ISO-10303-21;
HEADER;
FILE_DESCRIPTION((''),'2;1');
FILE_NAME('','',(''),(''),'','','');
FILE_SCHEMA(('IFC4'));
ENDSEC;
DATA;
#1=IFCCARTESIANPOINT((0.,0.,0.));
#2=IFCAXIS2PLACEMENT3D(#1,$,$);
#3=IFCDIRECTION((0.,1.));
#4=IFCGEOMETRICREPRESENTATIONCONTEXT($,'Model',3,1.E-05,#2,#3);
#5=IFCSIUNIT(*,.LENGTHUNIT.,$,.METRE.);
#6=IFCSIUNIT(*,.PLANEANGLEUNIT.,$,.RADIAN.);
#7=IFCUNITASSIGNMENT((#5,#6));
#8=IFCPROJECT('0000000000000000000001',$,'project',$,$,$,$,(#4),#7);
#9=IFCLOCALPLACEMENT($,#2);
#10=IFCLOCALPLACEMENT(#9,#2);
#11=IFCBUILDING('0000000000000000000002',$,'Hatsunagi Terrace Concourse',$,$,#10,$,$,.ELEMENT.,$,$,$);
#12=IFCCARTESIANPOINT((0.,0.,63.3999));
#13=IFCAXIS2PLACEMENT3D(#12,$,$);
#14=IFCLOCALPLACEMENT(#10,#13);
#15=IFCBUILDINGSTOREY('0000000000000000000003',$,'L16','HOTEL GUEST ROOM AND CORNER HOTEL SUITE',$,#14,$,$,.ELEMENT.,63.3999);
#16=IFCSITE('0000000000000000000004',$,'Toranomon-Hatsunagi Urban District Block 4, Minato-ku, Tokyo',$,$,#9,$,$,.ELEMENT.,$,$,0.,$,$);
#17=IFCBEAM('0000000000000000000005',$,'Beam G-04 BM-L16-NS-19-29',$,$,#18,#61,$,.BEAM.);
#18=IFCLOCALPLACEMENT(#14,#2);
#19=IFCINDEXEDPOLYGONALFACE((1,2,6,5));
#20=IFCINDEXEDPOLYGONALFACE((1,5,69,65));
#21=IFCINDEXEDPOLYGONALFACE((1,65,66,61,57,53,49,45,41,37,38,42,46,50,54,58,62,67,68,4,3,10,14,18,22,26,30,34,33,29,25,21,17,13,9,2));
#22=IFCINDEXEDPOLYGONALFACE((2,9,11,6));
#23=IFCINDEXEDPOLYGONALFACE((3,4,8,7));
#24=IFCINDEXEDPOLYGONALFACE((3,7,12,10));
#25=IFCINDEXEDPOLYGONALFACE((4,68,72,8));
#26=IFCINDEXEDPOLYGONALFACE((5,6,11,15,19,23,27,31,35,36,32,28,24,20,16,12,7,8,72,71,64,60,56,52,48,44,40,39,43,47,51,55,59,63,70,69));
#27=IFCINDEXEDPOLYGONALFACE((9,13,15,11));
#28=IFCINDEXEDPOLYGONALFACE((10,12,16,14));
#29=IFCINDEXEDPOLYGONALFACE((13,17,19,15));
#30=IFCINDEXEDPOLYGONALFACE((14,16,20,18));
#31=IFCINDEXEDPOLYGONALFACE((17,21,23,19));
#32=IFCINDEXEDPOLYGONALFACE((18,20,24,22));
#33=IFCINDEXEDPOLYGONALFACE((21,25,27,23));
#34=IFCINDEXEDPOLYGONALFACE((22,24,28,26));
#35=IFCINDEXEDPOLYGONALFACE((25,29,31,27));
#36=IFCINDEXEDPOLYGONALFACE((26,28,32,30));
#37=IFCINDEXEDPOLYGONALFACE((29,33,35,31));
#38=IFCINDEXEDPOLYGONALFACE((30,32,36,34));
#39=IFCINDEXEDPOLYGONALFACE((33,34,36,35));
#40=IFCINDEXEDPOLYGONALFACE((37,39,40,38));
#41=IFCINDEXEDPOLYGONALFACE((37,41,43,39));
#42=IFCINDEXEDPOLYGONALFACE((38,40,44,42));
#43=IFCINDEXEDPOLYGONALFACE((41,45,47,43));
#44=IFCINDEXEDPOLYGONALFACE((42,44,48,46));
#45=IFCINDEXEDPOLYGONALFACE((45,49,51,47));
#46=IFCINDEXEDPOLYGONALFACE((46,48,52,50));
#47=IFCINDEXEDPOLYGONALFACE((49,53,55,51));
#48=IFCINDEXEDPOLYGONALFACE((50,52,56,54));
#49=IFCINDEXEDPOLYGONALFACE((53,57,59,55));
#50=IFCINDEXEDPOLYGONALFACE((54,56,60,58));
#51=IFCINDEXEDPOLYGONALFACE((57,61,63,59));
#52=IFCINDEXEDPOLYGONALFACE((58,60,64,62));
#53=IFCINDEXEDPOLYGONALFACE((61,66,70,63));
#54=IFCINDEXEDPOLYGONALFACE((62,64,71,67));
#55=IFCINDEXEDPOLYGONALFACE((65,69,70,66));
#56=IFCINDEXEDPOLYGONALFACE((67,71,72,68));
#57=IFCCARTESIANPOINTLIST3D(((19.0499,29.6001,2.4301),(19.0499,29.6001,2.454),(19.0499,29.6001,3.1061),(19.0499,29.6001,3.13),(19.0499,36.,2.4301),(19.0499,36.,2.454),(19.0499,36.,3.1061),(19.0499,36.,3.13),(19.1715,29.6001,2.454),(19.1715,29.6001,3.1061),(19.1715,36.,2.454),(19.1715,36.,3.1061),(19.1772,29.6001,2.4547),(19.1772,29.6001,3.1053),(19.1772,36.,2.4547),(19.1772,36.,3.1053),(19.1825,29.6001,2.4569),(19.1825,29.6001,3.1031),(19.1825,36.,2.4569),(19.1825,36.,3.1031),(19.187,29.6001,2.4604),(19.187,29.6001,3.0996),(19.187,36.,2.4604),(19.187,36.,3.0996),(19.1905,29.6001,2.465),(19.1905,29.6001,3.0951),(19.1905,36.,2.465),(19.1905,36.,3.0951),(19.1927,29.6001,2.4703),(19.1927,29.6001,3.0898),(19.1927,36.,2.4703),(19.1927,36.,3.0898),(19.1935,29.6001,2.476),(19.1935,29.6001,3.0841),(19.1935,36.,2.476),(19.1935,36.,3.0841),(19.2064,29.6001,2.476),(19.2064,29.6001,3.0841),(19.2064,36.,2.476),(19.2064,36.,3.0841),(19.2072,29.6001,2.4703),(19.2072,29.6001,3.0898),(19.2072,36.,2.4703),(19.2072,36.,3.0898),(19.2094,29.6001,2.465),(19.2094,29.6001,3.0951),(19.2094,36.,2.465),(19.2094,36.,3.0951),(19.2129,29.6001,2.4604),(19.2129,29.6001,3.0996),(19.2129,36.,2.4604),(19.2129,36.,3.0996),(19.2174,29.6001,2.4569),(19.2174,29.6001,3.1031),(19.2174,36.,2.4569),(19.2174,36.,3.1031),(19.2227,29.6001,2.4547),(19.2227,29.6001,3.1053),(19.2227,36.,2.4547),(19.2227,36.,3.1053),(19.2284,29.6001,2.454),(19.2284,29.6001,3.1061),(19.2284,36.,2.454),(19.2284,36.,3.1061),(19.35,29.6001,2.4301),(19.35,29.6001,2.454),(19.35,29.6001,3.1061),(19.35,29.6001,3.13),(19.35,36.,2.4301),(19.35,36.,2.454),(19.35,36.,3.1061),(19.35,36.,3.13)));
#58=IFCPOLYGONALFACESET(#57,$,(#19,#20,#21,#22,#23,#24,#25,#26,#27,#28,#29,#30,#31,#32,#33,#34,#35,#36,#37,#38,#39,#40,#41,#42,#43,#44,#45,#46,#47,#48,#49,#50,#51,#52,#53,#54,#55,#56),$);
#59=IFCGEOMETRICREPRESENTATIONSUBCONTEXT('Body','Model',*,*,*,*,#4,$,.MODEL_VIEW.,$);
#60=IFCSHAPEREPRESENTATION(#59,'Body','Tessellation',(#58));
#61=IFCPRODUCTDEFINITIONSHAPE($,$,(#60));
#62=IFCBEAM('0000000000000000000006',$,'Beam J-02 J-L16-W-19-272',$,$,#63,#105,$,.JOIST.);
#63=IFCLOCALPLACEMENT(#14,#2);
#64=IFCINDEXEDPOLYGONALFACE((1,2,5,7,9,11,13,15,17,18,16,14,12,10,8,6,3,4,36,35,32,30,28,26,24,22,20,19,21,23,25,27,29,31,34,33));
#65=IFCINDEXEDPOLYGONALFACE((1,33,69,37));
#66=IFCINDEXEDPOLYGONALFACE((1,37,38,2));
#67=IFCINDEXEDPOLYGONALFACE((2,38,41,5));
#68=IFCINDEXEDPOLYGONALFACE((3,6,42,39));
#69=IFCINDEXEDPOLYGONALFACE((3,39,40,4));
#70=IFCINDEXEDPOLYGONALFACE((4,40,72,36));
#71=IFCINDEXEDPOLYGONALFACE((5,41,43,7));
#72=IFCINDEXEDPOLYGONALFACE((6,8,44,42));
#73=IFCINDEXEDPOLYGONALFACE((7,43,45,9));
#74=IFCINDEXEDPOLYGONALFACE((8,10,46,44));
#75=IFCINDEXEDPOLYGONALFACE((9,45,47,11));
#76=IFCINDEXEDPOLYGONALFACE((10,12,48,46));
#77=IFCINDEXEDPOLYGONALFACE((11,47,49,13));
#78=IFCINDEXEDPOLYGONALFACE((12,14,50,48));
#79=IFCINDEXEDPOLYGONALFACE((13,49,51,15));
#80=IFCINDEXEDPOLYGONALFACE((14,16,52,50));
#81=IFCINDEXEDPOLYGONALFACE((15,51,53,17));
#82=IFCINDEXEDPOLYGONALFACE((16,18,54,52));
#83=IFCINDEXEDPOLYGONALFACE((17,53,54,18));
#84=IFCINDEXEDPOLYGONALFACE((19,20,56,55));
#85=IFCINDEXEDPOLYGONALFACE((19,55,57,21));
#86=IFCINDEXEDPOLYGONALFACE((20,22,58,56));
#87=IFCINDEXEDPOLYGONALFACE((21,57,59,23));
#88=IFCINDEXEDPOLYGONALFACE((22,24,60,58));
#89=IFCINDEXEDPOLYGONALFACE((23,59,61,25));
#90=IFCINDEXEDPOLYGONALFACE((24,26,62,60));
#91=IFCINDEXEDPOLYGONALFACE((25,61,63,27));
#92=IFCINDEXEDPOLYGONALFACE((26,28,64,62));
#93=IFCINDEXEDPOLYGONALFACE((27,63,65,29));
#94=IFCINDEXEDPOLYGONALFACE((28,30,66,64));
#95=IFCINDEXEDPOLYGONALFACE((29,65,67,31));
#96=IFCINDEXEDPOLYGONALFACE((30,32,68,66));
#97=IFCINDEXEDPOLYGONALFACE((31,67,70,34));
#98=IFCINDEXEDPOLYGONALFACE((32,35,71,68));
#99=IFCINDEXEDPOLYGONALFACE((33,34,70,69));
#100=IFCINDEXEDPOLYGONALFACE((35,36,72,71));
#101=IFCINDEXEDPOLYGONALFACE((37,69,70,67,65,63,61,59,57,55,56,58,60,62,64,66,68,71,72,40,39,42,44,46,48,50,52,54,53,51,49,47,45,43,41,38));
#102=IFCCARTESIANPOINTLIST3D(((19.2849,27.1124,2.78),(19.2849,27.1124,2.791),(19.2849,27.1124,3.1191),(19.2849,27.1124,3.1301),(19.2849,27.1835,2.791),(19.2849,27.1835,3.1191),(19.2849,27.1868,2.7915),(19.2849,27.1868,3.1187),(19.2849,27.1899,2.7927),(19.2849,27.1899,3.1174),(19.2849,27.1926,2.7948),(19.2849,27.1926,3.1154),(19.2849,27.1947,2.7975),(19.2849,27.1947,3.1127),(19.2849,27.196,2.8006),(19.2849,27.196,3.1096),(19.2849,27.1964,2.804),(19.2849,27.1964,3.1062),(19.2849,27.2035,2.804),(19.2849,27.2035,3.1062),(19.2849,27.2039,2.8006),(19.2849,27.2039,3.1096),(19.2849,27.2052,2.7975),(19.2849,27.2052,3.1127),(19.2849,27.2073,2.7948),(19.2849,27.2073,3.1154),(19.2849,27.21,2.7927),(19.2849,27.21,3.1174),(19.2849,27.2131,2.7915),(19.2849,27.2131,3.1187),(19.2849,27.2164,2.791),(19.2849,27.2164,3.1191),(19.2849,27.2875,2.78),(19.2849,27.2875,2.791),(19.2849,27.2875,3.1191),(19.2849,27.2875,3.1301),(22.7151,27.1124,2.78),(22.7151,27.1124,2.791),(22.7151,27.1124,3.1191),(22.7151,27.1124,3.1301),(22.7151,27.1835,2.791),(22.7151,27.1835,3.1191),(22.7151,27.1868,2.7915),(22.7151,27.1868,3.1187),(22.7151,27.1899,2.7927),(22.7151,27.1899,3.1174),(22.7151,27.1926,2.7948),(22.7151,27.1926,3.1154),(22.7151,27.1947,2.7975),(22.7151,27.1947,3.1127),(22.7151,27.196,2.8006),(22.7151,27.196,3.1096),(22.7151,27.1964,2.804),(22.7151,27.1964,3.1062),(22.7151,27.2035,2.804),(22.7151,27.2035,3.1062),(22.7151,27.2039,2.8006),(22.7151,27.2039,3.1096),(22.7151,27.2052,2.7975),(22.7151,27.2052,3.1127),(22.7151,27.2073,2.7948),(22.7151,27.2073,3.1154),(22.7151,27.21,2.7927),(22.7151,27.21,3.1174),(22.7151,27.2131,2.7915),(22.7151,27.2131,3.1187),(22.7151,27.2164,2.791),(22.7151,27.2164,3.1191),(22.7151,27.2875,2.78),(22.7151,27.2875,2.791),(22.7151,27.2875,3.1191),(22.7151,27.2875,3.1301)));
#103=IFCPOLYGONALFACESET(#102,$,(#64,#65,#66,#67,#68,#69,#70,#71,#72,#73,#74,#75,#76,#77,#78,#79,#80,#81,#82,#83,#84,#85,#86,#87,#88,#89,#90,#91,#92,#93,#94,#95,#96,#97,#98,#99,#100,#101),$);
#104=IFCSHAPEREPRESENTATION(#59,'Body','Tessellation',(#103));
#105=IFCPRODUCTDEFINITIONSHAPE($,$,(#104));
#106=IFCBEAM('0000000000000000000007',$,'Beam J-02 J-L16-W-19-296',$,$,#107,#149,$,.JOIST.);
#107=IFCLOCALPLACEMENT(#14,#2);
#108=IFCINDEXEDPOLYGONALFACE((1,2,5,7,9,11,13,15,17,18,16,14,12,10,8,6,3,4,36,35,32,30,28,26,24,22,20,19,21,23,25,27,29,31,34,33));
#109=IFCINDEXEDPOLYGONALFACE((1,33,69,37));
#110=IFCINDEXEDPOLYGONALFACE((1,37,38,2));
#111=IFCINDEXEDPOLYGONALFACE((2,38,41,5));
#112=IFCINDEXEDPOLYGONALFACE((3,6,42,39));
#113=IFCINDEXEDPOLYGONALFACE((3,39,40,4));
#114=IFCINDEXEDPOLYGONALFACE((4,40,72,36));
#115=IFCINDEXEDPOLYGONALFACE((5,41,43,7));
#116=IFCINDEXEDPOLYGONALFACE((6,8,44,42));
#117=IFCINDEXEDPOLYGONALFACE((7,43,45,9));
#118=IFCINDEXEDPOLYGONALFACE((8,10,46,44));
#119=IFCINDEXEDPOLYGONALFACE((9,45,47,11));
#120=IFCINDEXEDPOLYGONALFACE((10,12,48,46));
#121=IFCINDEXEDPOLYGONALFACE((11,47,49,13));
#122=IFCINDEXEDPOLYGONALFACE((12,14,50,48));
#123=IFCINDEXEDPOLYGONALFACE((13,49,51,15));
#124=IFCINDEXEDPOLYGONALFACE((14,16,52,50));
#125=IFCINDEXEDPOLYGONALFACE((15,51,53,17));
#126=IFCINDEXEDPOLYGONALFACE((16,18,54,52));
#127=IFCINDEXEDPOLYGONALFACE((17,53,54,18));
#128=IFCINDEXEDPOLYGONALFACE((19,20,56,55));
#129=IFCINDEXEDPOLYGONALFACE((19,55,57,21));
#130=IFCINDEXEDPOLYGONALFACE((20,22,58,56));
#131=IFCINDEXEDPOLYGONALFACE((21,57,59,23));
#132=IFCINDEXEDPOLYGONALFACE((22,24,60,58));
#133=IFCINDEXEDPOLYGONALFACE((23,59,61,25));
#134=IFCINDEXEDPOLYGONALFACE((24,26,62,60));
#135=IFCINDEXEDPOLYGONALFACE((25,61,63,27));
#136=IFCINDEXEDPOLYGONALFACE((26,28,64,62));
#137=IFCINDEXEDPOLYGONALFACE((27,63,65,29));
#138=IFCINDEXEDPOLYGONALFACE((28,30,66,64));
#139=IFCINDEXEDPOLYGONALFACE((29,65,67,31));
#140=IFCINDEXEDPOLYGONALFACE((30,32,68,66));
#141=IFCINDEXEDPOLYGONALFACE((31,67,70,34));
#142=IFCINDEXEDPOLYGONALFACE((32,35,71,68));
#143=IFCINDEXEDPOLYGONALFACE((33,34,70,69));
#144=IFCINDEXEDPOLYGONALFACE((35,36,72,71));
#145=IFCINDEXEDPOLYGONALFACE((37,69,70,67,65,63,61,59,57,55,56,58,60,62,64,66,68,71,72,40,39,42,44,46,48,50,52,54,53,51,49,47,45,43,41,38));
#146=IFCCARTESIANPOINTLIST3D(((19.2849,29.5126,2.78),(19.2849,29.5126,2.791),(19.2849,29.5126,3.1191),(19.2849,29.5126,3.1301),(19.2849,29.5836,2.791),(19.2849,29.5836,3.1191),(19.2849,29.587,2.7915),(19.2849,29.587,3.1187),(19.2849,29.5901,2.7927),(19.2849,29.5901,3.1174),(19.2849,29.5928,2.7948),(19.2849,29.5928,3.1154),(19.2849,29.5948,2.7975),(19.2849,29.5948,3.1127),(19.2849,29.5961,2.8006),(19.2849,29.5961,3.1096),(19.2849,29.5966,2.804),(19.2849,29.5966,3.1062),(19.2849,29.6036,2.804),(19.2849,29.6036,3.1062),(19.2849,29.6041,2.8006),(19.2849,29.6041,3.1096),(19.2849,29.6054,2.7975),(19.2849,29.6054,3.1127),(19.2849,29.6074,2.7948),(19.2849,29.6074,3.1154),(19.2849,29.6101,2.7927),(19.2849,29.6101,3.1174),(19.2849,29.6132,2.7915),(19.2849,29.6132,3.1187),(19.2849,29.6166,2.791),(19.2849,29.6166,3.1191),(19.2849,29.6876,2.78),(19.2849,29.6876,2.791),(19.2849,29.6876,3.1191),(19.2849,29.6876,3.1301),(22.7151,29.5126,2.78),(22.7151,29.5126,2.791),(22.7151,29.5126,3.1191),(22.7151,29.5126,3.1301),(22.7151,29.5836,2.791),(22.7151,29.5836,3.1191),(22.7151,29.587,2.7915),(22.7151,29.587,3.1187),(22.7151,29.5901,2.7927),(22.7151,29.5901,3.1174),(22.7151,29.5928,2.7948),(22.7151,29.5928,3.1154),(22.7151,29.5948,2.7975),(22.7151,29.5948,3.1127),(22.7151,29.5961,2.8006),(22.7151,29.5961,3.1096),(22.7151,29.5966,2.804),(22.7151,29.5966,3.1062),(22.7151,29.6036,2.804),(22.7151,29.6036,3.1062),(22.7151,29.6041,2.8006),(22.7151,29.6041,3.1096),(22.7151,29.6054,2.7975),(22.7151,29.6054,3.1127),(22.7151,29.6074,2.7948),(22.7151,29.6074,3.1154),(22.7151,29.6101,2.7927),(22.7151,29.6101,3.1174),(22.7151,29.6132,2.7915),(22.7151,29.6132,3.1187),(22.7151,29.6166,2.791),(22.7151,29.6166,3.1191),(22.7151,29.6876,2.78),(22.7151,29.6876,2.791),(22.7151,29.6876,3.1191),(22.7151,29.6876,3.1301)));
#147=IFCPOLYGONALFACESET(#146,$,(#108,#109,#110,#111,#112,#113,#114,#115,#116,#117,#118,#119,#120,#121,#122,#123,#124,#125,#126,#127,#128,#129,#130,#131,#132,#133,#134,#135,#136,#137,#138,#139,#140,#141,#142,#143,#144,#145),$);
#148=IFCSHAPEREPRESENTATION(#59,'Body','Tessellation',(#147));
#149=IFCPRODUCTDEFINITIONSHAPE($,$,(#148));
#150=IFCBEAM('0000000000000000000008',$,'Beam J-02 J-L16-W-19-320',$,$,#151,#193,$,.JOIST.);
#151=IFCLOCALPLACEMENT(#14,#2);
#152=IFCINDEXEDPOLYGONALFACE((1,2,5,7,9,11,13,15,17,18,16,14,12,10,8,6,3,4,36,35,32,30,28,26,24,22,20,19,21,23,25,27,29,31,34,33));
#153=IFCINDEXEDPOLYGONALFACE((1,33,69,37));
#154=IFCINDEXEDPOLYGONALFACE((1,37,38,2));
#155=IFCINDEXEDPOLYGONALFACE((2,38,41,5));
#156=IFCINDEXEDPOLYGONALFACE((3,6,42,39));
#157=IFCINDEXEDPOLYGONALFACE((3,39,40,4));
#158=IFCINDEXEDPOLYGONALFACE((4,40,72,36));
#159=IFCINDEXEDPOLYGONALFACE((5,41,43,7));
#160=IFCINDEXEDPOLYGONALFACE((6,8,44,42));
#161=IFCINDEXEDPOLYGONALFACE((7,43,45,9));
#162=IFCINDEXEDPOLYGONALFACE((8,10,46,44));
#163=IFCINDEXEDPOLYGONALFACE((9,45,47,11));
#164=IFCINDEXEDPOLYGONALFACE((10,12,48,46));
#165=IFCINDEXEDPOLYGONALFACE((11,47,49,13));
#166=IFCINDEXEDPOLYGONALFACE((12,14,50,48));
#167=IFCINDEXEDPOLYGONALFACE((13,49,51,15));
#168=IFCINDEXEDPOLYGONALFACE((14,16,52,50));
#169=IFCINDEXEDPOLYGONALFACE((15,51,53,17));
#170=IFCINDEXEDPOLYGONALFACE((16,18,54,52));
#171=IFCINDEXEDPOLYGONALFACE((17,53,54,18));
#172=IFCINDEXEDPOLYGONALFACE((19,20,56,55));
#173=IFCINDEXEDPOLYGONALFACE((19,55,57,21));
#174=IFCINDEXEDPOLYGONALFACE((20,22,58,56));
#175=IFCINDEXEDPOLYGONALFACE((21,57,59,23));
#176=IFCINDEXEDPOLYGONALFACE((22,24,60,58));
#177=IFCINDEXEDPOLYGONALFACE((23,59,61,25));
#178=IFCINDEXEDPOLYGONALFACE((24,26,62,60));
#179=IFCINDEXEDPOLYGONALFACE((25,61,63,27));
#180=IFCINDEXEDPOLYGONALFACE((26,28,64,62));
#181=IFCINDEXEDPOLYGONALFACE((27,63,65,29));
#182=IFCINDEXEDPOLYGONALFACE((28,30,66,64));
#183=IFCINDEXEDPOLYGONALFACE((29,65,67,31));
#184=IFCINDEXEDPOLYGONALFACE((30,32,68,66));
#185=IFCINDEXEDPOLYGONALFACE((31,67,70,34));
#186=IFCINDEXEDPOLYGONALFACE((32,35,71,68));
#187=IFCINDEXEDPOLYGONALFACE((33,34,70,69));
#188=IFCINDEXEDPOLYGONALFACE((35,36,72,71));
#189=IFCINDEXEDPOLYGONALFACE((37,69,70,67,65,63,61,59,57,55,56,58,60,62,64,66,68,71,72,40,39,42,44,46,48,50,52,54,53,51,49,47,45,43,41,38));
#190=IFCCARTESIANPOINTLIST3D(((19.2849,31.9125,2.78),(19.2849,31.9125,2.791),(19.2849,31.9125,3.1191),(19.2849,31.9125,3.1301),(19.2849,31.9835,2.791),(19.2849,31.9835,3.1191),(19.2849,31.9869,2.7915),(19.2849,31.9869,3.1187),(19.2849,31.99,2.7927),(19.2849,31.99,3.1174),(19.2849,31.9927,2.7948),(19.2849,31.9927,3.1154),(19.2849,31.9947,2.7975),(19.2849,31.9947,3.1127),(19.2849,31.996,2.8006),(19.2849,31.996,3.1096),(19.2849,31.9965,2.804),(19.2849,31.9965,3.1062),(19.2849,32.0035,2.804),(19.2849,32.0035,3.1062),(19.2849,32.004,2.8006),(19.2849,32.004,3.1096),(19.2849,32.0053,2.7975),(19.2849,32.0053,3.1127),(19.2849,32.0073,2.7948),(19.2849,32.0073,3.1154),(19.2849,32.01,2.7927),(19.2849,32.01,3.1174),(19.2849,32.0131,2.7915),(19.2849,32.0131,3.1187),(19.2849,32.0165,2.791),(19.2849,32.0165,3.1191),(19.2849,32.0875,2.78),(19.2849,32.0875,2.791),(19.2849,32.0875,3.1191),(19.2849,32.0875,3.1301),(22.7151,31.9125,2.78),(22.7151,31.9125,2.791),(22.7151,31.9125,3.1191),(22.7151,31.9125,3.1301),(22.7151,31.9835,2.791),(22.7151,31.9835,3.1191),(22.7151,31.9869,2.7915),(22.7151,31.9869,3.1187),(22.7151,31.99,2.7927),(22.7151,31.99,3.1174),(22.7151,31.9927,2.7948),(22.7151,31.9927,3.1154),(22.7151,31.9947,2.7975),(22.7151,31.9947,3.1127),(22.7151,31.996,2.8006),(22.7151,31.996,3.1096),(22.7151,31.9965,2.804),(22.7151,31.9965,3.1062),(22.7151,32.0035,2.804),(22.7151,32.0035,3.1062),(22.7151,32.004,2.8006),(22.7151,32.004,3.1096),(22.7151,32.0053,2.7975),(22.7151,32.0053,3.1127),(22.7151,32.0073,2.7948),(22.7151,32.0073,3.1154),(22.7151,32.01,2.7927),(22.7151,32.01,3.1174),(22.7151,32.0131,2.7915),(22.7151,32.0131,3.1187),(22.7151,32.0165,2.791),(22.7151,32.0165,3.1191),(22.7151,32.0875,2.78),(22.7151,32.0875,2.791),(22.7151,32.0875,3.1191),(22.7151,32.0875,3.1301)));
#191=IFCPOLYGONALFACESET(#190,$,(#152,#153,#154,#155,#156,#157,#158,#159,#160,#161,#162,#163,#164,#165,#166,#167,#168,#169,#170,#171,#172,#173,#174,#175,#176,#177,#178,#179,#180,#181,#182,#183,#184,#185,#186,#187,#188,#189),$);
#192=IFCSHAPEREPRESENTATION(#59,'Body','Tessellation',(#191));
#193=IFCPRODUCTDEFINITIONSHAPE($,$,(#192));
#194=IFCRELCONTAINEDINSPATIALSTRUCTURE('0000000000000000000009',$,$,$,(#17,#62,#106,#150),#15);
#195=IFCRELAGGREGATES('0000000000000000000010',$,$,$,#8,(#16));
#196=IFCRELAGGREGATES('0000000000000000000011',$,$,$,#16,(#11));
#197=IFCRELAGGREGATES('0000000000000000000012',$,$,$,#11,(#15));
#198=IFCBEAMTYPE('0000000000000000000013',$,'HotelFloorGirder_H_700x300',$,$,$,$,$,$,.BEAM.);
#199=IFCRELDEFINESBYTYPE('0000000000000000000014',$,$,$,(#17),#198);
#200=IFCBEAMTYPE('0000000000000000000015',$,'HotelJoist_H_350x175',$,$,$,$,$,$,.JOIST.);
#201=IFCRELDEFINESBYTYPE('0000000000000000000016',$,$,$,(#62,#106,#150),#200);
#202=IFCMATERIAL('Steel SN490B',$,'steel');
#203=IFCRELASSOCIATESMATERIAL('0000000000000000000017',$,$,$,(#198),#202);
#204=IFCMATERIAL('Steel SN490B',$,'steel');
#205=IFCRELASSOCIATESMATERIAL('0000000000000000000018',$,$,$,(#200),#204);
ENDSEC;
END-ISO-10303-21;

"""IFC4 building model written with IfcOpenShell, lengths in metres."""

from ifc_helpers import new_model, si_unit, direction, frame, origin, origin_2d, place, context, subcontext, project, spatial, i_section, extrude, material, material_profile, profile_set, type_object, element, save


model = new_model("IFC4")

# Units and contexts
model_context = context("Model", 3, precision=1e-05, world=origin(), true_north=direction((0.0, 1.0)))
body_context = subcontext(model_context, "Body", "Model", "MODEL_VIEW")
ifc_project = project(units=[si_unit("LENGTHUNIT", "METRE"), si_unit("PLANEANGLEUNIT", "RADIAN")], contexts=[model_context])

# Site, building, storey
site_placement = place(None, origin())
site = spatial("IfcSite", under=ifc_project, at=site_placement, Name="Toranomon-Hatsunagi Urban District Block 4, Minato-ku, Tokyo", CompositionType="ELEMENT", RefElevation=0.0)
building_placement = place(site_placement, origin())
building = spatial("IfcBuilding", under=site, at=building_placement, Name="Hatsunagi Terrace Concourse", CompositionType="ELEMENT")
storey_placement = place(building_placement, frame((0.0, 0.0, 63.3999)))
storey = spatial("IfcBuildingStorey", under=building, at=storey_placement, Name="L16", Description="HOTEL GUEST ROOM AND CORNER HOTEL SUITE", CompositionType="ELEMENT", Elevation=63.3999)

# Beams
ifc_material_1 = material(Name="Steel SN490B", Category="steel")
ifc_material_profile_1 = material_profile(ifc_material_1, i_section(OverallWidth=0.3, OverallDepth=0.7, WebThickness=0.0129, FlangeThickness=0.0239, FilletRadius=0.022, at=origin_2d()), Name="H-700x300x13x24")
ifc_profile_set_1 = profile_set([ifc_material_profile_1], Name="Steel SN490B")
beam_type_1 = type_object("IfcBeamType", Name="HotelFloorGirder_H_700x300", PredefinedType="BEAM", material=ifc_profile_set_1)
beam_1_placement = place(storey_placement, frame((19.2, 29.6001, 2.78), z_axis=(0.0, 1.0, 0.0), x_axis=(-1.0, 0.0, 0.0)))
element("IfcBeam", 1, at=beam_1_placement, inside=storey, type_object=beam_type_1, Name="Beam G-04 BM-L16-NS-19-29", PredefinedType="BEAM", context=body_context, shape_type="SweptSolid", body=[
    extrude(i_section(OverallWidth=0.3, OverallDepth=0.7, WebThickness=0.0129, FlangeThickness=0.0239, FilletRadius=0.022, at=origin_2d()), origin(), (0.0, 0.0, 1.0), 6.3999),
])
ifc_material_2 = material(Name="Steel SN490B", Category="steel")
ifc_material_profile_2 = material_profile(ifc_material_2, i_section(OverallWidth=0.175, OverallDepth=0.3501, WebThickness=0.0071, FlangeThickness=0.011, FilletRadius=0.0129, at=origin_2d()), Name="H-350x175x7x11")
ifc_profile_set_2 = profile_set([ifc_material_profile_2], Name="Steel SN490B")
beam_type_2 = type_object("IfcBeamType", Name="HotelJoist_H_350x175", PredefinedType="JOIST", material=ifc_profile_set_2)
for number, where, z_axis, x_axis, name in (
    (2, (19.2849, 27.2, 2.9551), (1.0, 0.0, 0.0), (0.0, 1.0, 0.0), "Beam J-02 J-L16-W-19-272"),
    (3, (19.2849, 29.6001, 2.9551), (1.0, 0.0, 0.0), (0.0, 1.0, 0.0), "Beam J-02 J-L16-W-19-296"),
    (4, (19.2849, 32.0, 2.9551), (1.0, 0.0, 0.0), (0.0, 1.0, 0.0), "Beam J-02 J-L16-W-19-320"),
):
    element("IfcBeam", number, at=place(storey_placement, frame(where, z_axis=z_axis, x_axis=x_axis)), inside=storey, type_object=beam_type_2, Name=name, PredefinedType="JOIST", context=body_context, shape_type="SweptSolid", body=[
        extrude(i_section(OverallWidth=0.175, OverallDepth=0.3501, WebThickness=0.0071, FlangeThickness=0.011, FilletRadius=0.0129, at=origin_2d()), origin(), (0.0, 0.0, 1.0), 3.4302),
    ])

save(model, "model.ifc")
